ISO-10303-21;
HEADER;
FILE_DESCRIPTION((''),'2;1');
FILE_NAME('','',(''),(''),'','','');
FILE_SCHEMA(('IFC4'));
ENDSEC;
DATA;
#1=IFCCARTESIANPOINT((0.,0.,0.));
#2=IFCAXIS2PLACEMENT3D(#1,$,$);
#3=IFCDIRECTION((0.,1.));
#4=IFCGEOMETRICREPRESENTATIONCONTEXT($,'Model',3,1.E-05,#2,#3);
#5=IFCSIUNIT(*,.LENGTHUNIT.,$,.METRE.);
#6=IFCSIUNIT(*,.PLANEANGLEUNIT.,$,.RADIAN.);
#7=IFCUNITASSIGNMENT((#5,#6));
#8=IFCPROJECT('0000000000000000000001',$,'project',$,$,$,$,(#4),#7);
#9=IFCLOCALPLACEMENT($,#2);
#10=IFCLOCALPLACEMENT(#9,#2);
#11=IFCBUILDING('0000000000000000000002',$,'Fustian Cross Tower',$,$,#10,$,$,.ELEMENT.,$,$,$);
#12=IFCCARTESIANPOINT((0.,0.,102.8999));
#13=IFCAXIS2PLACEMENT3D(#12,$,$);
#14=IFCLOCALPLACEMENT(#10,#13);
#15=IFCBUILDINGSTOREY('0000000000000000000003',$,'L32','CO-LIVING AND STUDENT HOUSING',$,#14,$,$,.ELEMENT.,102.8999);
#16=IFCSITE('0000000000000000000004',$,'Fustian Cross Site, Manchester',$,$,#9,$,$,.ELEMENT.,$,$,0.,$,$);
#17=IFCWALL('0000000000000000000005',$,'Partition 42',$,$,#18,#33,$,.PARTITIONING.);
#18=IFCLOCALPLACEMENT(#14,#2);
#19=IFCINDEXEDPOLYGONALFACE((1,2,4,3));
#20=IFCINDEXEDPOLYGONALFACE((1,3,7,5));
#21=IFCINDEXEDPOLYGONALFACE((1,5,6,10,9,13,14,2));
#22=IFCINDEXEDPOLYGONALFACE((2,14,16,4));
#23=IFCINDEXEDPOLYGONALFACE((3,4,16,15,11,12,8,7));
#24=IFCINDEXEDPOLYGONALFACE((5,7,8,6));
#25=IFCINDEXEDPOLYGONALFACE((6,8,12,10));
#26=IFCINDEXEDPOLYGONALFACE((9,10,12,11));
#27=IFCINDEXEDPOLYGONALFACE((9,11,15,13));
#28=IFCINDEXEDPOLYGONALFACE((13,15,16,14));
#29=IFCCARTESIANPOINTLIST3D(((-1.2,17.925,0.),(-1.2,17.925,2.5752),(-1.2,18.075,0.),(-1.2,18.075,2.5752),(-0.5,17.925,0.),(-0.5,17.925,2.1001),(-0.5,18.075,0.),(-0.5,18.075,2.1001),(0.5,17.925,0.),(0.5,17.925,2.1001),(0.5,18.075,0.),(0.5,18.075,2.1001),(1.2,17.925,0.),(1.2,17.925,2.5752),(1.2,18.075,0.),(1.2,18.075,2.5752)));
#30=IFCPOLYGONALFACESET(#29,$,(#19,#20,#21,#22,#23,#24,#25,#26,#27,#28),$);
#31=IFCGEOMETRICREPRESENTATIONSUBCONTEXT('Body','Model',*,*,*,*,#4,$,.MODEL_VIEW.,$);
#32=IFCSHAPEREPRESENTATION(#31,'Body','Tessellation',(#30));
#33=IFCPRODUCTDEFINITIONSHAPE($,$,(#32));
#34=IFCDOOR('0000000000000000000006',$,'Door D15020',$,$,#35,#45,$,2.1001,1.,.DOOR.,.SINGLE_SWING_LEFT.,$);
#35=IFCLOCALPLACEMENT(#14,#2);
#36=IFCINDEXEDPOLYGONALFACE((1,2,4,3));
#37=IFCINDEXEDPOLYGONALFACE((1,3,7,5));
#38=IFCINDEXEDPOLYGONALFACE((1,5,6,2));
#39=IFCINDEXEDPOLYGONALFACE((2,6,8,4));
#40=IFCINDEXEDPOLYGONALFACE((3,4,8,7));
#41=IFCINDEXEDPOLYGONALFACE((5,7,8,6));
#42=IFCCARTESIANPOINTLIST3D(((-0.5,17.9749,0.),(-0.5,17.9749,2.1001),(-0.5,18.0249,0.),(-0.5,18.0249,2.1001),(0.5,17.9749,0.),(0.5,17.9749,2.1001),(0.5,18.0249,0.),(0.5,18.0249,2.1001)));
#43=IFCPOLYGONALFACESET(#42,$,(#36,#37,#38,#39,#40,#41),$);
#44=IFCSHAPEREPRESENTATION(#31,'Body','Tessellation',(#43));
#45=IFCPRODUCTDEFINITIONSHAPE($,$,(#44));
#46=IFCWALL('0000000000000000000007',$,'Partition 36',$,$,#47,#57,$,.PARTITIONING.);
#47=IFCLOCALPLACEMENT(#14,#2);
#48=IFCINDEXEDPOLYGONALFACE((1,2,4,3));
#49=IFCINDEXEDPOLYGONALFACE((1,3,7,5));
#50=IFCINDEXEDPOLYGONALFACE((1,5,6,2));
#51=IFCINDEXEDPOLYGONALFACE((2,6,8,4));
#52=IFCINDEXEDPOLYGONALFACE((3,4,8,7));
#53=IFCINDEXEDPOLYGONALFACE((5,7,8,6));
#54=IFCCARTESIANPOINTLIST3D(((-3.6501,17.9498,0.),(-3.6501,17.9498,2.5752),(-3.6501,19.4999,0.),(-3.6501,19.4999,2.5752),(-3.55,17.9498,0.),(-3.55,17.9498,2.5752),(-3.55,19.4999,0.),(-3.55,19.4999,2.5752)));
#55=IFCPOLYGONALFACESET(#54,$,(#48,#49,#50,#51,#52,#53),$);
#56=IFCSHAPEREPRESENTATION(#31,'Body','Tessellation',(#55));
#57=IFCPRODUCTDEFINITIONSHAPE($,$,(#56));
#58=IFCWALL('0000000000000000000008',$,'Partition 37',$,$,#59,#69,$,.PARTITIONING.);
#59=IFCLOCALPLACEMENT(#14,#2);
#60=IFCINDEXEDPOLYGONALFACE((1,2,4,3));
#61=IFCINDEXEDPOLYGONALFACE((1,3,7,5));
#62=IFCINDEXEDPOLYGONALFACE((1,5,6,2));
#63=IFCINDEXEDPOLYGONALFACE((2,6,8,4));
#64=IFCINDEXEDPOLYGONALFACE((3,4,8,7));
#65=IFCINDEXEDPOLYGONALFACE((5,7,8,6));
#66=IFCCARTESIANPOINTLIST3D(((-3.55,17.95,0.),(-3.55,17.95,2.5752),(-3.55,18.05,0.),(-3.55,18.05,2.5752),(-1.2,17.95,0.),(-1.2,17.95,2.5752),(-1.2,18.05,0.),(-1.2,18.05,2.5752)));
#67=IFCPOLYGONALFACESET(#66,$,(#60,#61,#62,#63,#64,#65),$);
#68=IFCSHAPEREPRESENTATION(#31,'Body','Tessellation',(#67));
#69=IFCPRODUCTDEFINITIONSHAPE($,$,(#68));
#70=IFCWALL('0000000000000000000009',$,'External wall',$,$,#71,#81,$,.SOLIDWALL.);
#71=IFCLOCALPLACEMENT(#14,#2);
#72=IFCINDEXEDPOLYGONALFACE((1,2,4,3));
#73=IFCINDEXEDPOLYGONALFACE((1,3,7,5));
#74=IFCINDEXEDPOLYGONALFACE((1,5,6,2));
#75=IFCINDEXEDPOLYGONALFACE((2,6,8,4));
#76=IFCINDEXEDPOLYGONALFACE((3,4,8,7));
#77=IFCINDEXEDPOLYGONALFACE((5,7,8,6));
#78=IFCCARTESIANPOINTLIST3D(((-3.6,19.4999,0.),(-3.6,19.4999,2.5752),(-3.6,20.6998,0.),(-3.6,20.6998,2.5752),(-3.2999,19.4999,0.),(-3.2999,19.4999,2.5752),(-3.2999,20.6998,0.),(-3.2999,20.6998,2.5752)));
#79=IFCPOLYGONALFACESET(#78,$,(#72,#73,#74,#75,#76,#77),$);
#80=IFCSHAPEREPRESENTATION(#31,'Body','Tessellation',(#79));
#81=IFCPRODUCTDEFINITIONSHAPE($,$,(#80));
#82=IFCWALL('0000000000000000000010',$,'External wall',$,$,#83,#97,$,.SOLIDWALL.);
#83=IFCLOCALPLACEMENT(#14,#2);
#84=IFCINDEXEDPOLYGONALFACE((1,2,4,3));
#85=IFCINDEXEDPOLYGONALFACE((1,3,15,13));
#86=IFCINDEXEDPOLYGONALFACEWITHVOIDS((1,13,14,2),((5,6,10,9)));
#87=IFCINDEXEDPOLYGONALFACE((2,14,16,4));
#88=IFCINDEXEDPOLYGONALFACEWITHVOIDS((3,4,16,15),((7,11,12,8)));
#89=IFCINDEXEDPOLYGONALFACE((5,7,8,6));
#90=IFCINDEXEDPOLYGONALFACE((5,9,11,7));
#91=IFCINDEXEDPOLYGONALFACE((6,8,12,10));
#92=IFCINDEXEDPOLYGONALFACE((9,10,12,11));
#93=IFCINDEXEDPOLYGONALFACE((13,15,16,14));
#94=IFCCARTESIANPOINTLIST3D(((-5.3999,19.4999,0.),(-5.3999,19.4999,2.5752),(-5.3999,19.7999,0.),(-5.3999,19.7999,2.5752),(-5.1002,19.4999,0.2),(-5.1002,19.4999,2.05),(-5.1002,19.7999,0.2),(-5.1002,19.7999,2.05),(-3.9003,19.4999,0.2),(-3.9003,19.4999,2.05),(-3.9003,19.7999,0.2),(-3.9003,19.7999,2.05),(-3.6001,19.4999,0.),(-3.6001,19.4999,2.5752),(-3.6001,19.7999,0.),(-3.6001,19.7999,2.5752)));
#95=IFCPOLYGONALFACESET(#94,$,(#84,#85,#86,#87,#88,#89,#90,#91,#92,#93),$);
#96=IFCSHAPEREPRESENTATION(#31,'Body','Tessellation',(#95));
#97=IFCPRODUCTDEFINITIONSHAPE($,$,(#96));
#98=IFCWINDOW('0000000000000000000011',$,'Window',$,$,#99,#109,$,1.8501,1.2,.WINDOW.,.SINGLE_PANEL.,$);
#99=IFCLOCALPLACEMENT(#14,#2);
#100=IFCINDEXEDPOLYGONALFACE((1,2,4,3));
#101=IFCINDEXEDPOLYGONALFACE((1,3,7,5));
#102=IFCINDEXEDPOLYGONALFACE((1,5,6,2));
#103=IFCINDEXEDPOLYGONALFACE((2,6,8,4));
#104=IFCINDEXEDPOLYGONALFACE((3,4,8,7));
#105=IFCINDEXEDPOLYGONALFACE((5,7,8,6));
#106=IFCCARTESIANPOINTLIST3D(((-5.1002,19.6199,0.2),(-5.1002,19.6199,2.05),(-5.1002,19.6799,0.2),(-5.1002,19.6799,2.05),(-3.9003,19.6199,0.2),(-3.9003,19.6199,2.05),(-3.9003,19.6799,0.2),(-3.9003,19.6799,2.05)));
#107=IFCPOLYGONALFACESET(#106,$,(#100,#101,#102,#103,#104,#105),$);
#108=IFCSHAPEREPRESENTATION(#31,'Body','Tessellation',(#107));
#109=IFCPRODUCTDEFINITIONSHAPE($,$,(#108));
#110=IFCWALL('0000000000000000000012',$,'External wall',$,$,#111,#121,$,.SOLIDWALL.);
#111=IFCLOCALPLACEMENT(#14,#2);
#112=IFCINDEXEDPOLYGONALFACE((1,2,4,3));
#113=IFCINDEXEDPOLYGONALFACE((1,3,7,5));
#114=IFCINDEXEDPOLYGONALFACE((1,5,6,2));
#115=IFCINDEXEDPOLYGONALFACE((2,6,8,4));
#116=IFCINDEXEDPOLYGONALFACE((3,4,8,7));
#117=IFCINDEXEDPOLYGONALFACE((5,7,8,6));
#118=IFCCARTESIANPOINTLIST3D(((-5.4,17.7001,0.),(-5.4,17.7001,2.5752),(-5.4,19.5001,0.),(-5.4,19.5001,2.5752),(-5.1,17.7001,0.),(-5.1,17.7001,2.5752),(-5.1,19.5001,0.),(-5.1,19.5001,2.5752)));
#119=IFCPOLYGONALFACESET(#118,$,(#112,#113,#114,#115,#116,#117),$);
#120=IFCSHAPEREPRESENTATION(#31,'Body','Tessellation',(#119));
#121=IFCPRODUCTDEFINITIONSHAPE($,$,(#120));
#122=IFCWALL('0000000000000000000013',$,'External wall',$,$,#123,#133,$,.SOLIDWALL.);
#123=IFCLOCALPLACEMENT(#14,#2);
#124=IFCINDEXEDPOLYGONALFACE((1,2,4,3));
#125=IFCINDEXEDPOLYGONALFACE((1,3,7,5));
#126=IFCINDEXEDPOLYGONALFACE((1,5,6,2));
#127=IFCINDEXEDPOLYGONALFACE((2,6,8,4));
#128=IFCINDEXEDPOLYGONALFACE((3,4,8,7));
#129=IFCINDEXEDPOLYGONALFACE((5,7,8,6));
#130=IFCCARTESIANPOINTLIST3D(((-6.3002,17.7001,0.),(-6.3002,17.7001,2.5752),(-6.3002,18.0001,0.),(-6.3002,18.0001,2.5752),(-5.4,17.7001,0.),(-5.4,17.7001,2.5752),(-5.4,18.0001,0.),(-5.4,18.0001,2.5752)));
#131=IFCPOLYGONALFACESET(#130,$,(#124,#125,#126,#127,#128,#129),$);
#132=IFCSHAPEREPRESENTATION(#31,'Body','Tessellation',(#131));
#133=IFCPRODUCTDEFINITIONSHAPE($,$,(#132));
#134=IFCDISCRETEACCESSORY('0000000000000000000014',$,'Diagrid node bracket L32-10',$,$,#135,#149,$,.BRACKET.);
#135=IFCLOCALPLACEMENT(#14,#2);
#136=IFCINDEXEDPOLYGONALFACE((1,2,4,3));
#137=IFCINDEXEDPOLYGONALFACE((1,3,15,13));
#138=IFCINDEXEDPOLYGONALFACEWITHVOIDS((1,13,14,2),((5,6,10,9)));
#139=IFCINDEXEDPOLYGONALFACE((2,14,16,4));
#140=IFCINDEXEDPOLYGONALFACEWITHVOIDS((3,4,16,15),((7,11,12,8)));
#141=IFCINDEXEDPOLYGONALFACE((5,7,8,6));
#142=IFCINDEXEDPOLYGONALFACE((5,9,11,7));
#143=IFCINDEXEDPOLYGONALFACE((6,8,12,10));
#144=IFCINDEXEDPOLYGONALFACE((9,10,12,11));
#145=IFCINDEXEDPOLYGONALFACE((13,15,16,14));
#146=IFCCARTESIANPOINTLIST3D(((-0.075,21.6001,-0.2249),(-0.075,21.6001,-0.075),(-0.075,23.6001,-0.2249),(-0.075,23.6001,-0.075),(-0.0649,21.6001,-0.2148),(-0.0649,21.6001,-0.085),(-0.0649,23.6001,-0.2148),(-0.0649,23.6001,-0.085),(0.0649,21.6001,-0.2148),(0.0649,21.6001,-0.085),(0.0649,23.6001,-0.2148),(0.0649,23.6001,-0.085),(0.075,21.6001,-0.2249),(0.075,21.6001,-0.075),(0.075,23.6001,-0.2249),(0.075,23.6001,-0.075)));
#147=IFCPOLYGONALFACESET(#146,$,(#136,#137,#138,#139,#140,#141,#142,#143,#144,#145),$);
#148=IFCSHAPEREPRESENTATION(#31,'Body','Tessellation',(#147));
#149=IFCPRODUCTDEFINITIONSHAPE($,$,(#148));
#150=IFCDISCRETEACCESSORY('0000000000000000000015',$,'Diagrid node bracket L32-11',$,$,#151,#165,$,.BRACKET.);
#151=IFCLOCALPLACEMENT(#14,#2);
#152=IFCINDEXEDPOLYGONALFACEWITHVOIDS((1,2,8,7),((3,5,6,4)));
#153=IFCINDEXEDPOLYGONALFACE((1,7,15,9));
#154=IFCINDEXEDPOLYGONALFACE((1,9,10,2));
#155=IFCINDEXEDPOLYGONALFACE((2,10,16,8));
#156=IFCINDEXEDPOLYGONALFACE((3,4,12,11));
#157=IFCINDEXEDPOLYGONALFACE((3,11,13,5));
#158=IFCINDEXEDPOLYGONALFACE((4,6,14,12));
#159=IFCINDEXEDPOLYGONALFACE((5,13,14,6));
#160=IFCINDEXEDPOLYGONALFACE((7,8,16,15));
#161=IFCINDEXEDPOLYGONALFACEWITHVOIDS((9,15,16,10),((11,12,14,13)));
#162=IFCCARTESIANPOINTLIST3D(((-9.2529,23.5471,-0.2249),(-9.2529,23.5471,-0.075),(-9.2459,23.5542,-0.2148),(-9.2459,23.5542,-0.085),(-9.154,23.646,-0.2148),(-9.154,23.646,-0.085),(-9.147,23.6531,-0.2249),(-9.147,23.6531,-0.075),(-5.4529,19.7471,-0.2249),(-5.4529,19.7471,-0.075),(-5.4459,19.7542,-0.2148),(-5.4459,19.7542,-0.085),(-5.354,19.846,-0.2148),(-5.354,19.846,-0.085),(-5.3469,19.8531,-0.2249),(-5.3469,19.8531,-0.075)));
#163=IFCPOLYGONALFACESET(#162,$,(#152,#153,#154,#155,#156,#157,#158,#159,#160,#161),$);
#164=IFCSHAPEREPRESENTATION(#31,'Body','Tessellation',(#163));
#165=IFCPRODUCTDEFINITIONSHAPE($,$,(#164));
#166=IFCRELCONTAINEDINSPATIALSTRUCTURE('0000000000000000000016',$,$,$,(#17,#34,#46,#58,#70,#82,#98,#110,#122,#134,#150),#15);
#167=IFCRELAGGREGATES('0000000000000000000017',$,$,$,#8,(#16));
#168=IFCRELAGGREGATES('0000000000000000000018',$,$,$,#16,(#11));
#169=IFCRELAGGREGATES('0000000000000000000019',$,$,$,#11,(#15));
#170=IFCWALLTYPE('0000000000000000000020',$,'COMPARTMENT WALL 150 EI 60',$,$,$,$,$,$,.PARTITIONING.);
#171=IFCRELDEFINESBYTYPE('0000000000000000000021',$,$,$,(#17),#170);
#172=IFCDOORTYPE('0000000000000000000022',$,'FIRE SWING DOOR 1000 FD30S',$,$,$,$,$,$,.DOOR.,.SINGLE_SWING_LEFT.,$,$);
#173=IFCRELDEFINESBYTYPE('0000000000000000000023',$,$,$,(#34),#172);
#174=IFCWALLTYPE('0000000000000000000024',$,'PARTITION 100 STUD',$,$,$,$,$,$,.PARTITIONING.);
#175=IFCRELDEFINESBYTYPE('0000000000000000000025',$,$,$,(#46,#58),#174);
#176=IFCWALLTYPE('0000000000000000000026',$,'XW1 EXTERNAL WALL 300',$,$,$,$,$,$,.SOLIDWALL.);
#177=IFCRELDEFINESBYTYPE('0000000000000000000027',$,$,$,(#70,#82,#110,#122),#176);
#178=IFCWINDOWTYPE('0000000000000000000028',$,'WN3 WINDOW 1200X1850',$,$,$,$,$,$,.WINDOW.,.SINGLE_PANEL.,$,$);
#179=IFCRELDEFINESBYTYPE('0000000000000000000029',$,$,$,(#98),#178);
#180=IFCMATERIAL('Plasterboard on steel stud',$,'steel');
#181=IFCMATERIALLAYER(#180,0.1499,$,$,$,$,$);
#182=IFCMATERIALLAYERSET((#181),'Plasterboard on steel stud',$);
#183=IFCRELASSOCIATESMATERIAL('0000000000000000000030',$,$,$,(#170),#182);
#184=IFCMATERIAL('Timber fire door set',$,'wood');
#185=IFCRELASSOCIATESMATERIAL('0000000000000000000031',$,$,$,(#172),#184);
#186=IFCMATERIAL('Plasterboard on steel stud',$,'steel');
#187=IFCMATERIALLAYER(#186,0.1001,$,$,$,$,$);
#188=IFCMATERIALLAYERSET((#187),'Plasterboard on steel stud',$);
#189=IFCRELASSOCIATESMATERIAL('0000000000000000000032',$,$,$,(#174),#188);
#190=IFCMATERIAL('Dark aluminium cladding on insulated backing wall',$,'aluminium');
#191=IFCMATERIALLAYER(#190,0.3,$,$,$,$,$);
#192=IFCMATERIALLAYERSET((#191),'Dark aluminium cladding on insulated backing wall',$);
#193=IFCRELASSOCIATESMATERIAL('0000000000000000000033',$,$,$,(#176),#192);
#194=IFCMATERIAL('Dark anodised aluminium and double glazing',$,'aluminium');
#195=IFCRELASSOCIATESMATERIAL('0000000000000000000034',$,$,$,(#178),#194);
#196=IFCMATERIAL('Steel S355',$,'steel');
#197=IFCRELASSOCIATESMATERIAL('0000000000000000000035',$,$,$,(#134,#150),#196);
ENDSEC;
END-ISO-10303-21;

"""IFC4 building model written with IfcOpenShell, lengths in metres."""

from ifc_helpers import new_model, si_unit, direction, frame, frame_2d, origin, origin_2d, place, context, subcontext, project, spatial, rectangle, hollow_rectangle, extrude, material, layer, layer_set, type_object, element, fill, save


model = new_model("IFC4")

# Units and contexts
model_context = context("Model", 3, precision=1e-05, world=origin(), true_north=direction((0.0, 1.0)))
body_context = subcontext(model_context, "Body", "Model", "MODEL_VIEW")
ifc_project = project(units=[si_unit("LENGTHUNIT", "METRE"), si_unit("PLANEANGLEUNIT", "RADIAN")], contexts=[model_context])

# Site, building, storey
site_placement = place(None, origin())
site = spatial("IfcSite", under=ifc_project, at=site_placement, Name="Fustian Cross Site, Manchester", CompositionType="ELEMENT", RefElevation=0.0)
building_placement = place(site_placement, origin())
building = spatial("IfcBuilding", under=site, at=building_placement, Name="Fustian Cross Tower", CompositionType="ELEMENT")
storey_placement = place(building_placement, frame((0.0, 0.0, 102.8999)))
storey = spatial("IfcBuildingStorey", under=building, at=storey_placement, Name="L32", Description="CO-LIVING AND STUDENT HOUSING", CompositionType="ELEMENT", Elevation=102.8999)

# Wall, opening, door
ifc_material_1 = material(Name="Plasterboard on steel stud", Category="steel")
ifc_layer_1 = layer(ifc_material_1, 0.1499)
ifc_layer_set_1 = layer_set([ifc_layer_1], Name="Plasterboard on steel stud")
wall_type_1 = type_object("IfcWallType", Name="COMPARTMENT WALL 150 EI 60", PredefinedType="PARTITIONING", material=ifc_layer_set_1)
wall_1_placement = place(storey_placement, frame((-1.2, 18.0, 0.0), z_axis=(0.0, 0.0, 1.0), x_axis=(1.0, 0.0, 0.0)))
wall_1 = element("IfcWall", 1, at=wall_1_placement, inside=storey, type_object=wall_type_1, Name="Partition 42", PredefinedType="PARTITIONING", context=body_context, shape_type="SweptSolid", body=[
    extrude(rectangle(XDim=2.3999, YDim=0.1499, at=frame_2d((1.2, 0.0))), origin(), (0.0, 0.0, 1.0), 2.5752),
])
opening_1_placement = place(wall_1_placement, frame((0.7, 0.0, 0.0)))
opening_1 = element("IfcOpeningElement", 2, at=opening_1_placement, cuts=wall_1, PredefinedType="OPENING", context=body_context, shape_type="SweptSolid", body=[
    extrude(rectangle(XDim=1.0, YDim=2.1001, at=frame_2d((0.5, 1.05))), frame((0.0, 0.085, 0.0), z_axis=(0.0, -1.0, 0.0), x_axis=(1.0, 0.0, 0.0)), (0.0, 0.0, 1.0), 0.1699),
])
ifc_material_2 = material(Name="Timber fire door set", Category="wood")
door_type = type_object("IfcDoorType", Name="FIRE SWING DOOR 1000 FD30S", OperationType="SINGLE_SWING_LEFT", PredefinedType="DOOR", material=ifc_material_2)
door_placement = place(opening_1_placement, origin())
door = element("IfcDoor", 3, at=door_placement, inside=storey, type_object=door_type, Name="Door D15020", OperationType="SINGLE_SWING_LEFT", OverallHeight=2.1001, OverallWidth=1.0, PredefinedType="DOOR", context=body_context, shape_type="SweptSolid", body=[
    extrude(rectangle(XDim=1.0, YDim=2.1001, at=frame_2d((0.5, 1.05))), frame((0.0, 0.0249, 0.0), z_axis=(0.0, -1.0, 0.0), x_axis=(1.0, 0.0, 0.0)), (0.0, 0.0, 1.0), 0.05),
])
fill(opening_1, door)

# Walls
ifc_material_3 = material(Name="Plasterboard on steel stud", Category="steel")
ifc_layer_2 = layer(ifc_material_3, 0.1001)
ifc_layer_set_2 = layer_set([ifc_layer_2], Name="Plasterboard on steel stud")
wall_type_2 = type_object("IfcWallType", Name="PARTITION 100 STUD", PredefinedType="PARTITIONING", material=ifc_layer_set_2)
wall_2_placement = place(storey_placement, frame((-3.6001, 17.95, 0.0), z_axis=(0.0, 0.0, 1.0), x_axis=(0.0, 1.0, 0.0)))
element("IfcWall", 4, at=wall_2_placement, inside=storey, type_object=wall_type_2, Name="Partition 36", PredefinedType="PARTITIONING", context=body_context, shape_type="SweptSolid", body=[
    extrude(rectangle(XDim=1.55, YDim=0.1001, at=frame_2d((0.7749, 0.0))), origin(), (0.0, 0.0, 1.0), 2.5752),
])
wall_3_placement = place(storey_placement, frame((-3.55, 18.0, 0.0), z_axis=(0.0, 0.0, 1.0), x_axis=(1.0, 0.0, 0.0)))
element("IfcWall", 5, at=wall_3_placement, inside=storey, type_object=wall_type_2, Name="Partition 37", PredefinedType="PARTITIONING", context=body_context, shape_type="SweptSolid", body=[
    extrude(rectangle(XDim=2.3501, YDim=0.1001, at=frame_2d((1.175, 0.0))), origin(), (0.0, 0.0, 1.0), 2.5752),
])
ifc_material_4 = material(Name="Dark aluminium cladding on insulated backing wall", Category="aluminium")
ifc_layer_3 = layer(ifc_material_4, 0.3)
ifc_layer_set_3 = layer_set([ifc_layer_3], Name="Dark aluminium cladding on insulated backing wall")
wall_type_3 = type_object("IfcWallType", Name="XW1 EXTERNAL WALL 300", PredefinedType="SOLIDWALL", material=ifc_layer_set_3)
wall_4_placement = place(storey_placement, frame((-3.45, 20.7, 0.0), z_axis=(0.0, 0.0, 1.0), x_axis=(0.0, -1.0, 0.0)))
element("IfcWall", 6, at=wall_4_placement, inside=storey, type_object=wall_type_3, Name="External wall", PredefinedType="SOLIDWALL", context=body_context, shape_type="SweptSolid", body=[
    extrude(rectangle(XDim=1.2, YDim=0.3, at=frame_2d((0.6001, 0.0))), origin(), (0.0, 0.0, 1.0), 2.5752),
])

# Wall, opening, window
wall_5_placement = place(storey_placement, frame((-3.6001, 19.6499, 0.0), z_axis=(0.0, 0.0, 1.0), x_axis=(-1.0, 0.0, 0.0)))
wall_5 = element("IfcWall", 7, at=wall_5_placement, inside=storey, type_object=wall_type_3, Name="External wall", PredefinedType="SOLIDWALL", context=body_context, shape_type="SweptSolid", body=[
    extrude(rectangle(XDim=1.7998, YDim=0.3, at=frame_2d((0.8999, 0.0))), origin(), (0.0, 0.0, 1.0), 2.5752),
])
opening_2_placement = place(wall_5_placement, frame((0.3, 0.0, 0.2)))
opening_2 = element("IfcOpeningElement", 8, at=opening_2_placement, cuts=wall_5, PredefinedType="OPENING", context=body_context, shape_type="SweptSolid", body=[
    extrude(rectangle(XDim=1.2, YDim=1.8501, at=frame_2d((0.6001, 0.925))), frame((0.0, 0.1599, 0.0), z_axis=(0.0, -1.0, 0.0), x_axis=(1.0, 0.0, 0.0)), (0.0, 0.0, 1.0), 0.3201),
])
ifc_material_5 = material(Name="Dark anodised aluminium and double glazing", Category="aluminium")
window_type = type_object("IfcWindowType", Name="WN3 WINDOW 1200X1850", PartitioningType="SINGLE_PANEL", PredefinedType="WINDOW", material=ifc_material_5)
window_placement = place(opening_2_placement, origin())
window = element("IfcWindow", 9, at=window_placement, inside=storey, type_object=window_type, Name="Window", OverallHeight=1.8501, OverallWidth=1.2, PartitioningType="SINGLE_PANEL", PredefinedType="WINDOW", context=body_context, shape_type="SweptSolid", body=[
    extrude(rectangle(XDim=1.2, YDim=1.8501, at=frame_2d((0.6001, 0.925))), frame((0.0, 0.03, 0.0), z_axis=(0.0, -1.0, 0.0), x_axis=(1.0, 0.0, 0.0)), (0.0, 0.0, 1.0), 0.0601),
])
fill(opening_2, window)

# Walls
wall_6_placement = place(storey_placement, frame((-5.25, 19.5, 0.0), z_axis=(0.0, 0.0, 1.0), x_axis=(0.0, -1.0, 0.0)))
element("IfcWall", 10, at=wall_6_placement, inside=storey, type_object=wall_type_3, Name="External wall", PredefinedType="SOLIDWALL", context=body_context, shape_type="SweptSolid", body=[
    extrude(rectangle(XDim=1.8, YDim=0.3, at=frame_2d((0.8999, 0.0))), origin(), (0.0, 0.0, 1.0), 2.5752),
])
wall_7_placement = place(storey_placement, frame((-5.3999, 17.8501, 0.0), z_axis=(0.0, 0.0, 1.0), x_axis=(-1.0, 0.0, 0.0)))
element("IfcWall", 11, at=wall_7_placement, inside=storey, type_object=wall_type_3, Name="External wall", PredefinedType="SOLIDWALL", context=body_context, shape_type="SweptSolid", body=[
    extrude(rectangle(XDim=0.9001, YDim=0.3, at=frame_2d((0.4502, 0.0))), origin(), (0.0, 0.0, 1.0), 2.5752),
])

# Discrete accessories
ifc_material_6 = material(Name="Steel S355", Category="steel")
discrete_accessory_1_placement = place(storey_placement, frame((0.0, 23.6001, -0.1499), z_axis=(0.0, -1.0, 0.0), x_axis=(1.0, 0.0, 0.0)))
element("IfcDiscreteAccessory", 12, at=discrete_accessory_1_placement, inside=storey, material=ifc_material_6, Name="Diagrid node bracket L32-10", PredefinedType="BRACKET", context=body_context, shape_type="SweptSolid", body=[
    extrude(hollow_rectangle(XDim=0.1499, YDim=0.1499, WallThickness=0.01, at=origin_2d()), origin(), (0.0, 0.0, 1.0), 2.0),
])
discrete_accessory_2_placement = place(storey_placement, frame((-9.2, 23.6001, -0.1499), z_axis=(0.707107, -0.707107, 0.0), x_axis=(0.707107, 0.707107, 0.0)))
element("IfcDiscreteAccessory", 13, at=discrete_accessory_2_placement, inside=storey, material=ifc_material_6, Name="Diagrid node bracket L32-11", PredefinedType="BRACKET", context=body_context, shape_type="SweptSolid", body=[
    extrude(hollow_rectangle(XDim=0.1499, YDim=0.1499, WallThickness=0.01, at=origin_2d()), origin(), (0.0, 0.0, 1.0), 5.374),
])

save(model, "model.ifc")
